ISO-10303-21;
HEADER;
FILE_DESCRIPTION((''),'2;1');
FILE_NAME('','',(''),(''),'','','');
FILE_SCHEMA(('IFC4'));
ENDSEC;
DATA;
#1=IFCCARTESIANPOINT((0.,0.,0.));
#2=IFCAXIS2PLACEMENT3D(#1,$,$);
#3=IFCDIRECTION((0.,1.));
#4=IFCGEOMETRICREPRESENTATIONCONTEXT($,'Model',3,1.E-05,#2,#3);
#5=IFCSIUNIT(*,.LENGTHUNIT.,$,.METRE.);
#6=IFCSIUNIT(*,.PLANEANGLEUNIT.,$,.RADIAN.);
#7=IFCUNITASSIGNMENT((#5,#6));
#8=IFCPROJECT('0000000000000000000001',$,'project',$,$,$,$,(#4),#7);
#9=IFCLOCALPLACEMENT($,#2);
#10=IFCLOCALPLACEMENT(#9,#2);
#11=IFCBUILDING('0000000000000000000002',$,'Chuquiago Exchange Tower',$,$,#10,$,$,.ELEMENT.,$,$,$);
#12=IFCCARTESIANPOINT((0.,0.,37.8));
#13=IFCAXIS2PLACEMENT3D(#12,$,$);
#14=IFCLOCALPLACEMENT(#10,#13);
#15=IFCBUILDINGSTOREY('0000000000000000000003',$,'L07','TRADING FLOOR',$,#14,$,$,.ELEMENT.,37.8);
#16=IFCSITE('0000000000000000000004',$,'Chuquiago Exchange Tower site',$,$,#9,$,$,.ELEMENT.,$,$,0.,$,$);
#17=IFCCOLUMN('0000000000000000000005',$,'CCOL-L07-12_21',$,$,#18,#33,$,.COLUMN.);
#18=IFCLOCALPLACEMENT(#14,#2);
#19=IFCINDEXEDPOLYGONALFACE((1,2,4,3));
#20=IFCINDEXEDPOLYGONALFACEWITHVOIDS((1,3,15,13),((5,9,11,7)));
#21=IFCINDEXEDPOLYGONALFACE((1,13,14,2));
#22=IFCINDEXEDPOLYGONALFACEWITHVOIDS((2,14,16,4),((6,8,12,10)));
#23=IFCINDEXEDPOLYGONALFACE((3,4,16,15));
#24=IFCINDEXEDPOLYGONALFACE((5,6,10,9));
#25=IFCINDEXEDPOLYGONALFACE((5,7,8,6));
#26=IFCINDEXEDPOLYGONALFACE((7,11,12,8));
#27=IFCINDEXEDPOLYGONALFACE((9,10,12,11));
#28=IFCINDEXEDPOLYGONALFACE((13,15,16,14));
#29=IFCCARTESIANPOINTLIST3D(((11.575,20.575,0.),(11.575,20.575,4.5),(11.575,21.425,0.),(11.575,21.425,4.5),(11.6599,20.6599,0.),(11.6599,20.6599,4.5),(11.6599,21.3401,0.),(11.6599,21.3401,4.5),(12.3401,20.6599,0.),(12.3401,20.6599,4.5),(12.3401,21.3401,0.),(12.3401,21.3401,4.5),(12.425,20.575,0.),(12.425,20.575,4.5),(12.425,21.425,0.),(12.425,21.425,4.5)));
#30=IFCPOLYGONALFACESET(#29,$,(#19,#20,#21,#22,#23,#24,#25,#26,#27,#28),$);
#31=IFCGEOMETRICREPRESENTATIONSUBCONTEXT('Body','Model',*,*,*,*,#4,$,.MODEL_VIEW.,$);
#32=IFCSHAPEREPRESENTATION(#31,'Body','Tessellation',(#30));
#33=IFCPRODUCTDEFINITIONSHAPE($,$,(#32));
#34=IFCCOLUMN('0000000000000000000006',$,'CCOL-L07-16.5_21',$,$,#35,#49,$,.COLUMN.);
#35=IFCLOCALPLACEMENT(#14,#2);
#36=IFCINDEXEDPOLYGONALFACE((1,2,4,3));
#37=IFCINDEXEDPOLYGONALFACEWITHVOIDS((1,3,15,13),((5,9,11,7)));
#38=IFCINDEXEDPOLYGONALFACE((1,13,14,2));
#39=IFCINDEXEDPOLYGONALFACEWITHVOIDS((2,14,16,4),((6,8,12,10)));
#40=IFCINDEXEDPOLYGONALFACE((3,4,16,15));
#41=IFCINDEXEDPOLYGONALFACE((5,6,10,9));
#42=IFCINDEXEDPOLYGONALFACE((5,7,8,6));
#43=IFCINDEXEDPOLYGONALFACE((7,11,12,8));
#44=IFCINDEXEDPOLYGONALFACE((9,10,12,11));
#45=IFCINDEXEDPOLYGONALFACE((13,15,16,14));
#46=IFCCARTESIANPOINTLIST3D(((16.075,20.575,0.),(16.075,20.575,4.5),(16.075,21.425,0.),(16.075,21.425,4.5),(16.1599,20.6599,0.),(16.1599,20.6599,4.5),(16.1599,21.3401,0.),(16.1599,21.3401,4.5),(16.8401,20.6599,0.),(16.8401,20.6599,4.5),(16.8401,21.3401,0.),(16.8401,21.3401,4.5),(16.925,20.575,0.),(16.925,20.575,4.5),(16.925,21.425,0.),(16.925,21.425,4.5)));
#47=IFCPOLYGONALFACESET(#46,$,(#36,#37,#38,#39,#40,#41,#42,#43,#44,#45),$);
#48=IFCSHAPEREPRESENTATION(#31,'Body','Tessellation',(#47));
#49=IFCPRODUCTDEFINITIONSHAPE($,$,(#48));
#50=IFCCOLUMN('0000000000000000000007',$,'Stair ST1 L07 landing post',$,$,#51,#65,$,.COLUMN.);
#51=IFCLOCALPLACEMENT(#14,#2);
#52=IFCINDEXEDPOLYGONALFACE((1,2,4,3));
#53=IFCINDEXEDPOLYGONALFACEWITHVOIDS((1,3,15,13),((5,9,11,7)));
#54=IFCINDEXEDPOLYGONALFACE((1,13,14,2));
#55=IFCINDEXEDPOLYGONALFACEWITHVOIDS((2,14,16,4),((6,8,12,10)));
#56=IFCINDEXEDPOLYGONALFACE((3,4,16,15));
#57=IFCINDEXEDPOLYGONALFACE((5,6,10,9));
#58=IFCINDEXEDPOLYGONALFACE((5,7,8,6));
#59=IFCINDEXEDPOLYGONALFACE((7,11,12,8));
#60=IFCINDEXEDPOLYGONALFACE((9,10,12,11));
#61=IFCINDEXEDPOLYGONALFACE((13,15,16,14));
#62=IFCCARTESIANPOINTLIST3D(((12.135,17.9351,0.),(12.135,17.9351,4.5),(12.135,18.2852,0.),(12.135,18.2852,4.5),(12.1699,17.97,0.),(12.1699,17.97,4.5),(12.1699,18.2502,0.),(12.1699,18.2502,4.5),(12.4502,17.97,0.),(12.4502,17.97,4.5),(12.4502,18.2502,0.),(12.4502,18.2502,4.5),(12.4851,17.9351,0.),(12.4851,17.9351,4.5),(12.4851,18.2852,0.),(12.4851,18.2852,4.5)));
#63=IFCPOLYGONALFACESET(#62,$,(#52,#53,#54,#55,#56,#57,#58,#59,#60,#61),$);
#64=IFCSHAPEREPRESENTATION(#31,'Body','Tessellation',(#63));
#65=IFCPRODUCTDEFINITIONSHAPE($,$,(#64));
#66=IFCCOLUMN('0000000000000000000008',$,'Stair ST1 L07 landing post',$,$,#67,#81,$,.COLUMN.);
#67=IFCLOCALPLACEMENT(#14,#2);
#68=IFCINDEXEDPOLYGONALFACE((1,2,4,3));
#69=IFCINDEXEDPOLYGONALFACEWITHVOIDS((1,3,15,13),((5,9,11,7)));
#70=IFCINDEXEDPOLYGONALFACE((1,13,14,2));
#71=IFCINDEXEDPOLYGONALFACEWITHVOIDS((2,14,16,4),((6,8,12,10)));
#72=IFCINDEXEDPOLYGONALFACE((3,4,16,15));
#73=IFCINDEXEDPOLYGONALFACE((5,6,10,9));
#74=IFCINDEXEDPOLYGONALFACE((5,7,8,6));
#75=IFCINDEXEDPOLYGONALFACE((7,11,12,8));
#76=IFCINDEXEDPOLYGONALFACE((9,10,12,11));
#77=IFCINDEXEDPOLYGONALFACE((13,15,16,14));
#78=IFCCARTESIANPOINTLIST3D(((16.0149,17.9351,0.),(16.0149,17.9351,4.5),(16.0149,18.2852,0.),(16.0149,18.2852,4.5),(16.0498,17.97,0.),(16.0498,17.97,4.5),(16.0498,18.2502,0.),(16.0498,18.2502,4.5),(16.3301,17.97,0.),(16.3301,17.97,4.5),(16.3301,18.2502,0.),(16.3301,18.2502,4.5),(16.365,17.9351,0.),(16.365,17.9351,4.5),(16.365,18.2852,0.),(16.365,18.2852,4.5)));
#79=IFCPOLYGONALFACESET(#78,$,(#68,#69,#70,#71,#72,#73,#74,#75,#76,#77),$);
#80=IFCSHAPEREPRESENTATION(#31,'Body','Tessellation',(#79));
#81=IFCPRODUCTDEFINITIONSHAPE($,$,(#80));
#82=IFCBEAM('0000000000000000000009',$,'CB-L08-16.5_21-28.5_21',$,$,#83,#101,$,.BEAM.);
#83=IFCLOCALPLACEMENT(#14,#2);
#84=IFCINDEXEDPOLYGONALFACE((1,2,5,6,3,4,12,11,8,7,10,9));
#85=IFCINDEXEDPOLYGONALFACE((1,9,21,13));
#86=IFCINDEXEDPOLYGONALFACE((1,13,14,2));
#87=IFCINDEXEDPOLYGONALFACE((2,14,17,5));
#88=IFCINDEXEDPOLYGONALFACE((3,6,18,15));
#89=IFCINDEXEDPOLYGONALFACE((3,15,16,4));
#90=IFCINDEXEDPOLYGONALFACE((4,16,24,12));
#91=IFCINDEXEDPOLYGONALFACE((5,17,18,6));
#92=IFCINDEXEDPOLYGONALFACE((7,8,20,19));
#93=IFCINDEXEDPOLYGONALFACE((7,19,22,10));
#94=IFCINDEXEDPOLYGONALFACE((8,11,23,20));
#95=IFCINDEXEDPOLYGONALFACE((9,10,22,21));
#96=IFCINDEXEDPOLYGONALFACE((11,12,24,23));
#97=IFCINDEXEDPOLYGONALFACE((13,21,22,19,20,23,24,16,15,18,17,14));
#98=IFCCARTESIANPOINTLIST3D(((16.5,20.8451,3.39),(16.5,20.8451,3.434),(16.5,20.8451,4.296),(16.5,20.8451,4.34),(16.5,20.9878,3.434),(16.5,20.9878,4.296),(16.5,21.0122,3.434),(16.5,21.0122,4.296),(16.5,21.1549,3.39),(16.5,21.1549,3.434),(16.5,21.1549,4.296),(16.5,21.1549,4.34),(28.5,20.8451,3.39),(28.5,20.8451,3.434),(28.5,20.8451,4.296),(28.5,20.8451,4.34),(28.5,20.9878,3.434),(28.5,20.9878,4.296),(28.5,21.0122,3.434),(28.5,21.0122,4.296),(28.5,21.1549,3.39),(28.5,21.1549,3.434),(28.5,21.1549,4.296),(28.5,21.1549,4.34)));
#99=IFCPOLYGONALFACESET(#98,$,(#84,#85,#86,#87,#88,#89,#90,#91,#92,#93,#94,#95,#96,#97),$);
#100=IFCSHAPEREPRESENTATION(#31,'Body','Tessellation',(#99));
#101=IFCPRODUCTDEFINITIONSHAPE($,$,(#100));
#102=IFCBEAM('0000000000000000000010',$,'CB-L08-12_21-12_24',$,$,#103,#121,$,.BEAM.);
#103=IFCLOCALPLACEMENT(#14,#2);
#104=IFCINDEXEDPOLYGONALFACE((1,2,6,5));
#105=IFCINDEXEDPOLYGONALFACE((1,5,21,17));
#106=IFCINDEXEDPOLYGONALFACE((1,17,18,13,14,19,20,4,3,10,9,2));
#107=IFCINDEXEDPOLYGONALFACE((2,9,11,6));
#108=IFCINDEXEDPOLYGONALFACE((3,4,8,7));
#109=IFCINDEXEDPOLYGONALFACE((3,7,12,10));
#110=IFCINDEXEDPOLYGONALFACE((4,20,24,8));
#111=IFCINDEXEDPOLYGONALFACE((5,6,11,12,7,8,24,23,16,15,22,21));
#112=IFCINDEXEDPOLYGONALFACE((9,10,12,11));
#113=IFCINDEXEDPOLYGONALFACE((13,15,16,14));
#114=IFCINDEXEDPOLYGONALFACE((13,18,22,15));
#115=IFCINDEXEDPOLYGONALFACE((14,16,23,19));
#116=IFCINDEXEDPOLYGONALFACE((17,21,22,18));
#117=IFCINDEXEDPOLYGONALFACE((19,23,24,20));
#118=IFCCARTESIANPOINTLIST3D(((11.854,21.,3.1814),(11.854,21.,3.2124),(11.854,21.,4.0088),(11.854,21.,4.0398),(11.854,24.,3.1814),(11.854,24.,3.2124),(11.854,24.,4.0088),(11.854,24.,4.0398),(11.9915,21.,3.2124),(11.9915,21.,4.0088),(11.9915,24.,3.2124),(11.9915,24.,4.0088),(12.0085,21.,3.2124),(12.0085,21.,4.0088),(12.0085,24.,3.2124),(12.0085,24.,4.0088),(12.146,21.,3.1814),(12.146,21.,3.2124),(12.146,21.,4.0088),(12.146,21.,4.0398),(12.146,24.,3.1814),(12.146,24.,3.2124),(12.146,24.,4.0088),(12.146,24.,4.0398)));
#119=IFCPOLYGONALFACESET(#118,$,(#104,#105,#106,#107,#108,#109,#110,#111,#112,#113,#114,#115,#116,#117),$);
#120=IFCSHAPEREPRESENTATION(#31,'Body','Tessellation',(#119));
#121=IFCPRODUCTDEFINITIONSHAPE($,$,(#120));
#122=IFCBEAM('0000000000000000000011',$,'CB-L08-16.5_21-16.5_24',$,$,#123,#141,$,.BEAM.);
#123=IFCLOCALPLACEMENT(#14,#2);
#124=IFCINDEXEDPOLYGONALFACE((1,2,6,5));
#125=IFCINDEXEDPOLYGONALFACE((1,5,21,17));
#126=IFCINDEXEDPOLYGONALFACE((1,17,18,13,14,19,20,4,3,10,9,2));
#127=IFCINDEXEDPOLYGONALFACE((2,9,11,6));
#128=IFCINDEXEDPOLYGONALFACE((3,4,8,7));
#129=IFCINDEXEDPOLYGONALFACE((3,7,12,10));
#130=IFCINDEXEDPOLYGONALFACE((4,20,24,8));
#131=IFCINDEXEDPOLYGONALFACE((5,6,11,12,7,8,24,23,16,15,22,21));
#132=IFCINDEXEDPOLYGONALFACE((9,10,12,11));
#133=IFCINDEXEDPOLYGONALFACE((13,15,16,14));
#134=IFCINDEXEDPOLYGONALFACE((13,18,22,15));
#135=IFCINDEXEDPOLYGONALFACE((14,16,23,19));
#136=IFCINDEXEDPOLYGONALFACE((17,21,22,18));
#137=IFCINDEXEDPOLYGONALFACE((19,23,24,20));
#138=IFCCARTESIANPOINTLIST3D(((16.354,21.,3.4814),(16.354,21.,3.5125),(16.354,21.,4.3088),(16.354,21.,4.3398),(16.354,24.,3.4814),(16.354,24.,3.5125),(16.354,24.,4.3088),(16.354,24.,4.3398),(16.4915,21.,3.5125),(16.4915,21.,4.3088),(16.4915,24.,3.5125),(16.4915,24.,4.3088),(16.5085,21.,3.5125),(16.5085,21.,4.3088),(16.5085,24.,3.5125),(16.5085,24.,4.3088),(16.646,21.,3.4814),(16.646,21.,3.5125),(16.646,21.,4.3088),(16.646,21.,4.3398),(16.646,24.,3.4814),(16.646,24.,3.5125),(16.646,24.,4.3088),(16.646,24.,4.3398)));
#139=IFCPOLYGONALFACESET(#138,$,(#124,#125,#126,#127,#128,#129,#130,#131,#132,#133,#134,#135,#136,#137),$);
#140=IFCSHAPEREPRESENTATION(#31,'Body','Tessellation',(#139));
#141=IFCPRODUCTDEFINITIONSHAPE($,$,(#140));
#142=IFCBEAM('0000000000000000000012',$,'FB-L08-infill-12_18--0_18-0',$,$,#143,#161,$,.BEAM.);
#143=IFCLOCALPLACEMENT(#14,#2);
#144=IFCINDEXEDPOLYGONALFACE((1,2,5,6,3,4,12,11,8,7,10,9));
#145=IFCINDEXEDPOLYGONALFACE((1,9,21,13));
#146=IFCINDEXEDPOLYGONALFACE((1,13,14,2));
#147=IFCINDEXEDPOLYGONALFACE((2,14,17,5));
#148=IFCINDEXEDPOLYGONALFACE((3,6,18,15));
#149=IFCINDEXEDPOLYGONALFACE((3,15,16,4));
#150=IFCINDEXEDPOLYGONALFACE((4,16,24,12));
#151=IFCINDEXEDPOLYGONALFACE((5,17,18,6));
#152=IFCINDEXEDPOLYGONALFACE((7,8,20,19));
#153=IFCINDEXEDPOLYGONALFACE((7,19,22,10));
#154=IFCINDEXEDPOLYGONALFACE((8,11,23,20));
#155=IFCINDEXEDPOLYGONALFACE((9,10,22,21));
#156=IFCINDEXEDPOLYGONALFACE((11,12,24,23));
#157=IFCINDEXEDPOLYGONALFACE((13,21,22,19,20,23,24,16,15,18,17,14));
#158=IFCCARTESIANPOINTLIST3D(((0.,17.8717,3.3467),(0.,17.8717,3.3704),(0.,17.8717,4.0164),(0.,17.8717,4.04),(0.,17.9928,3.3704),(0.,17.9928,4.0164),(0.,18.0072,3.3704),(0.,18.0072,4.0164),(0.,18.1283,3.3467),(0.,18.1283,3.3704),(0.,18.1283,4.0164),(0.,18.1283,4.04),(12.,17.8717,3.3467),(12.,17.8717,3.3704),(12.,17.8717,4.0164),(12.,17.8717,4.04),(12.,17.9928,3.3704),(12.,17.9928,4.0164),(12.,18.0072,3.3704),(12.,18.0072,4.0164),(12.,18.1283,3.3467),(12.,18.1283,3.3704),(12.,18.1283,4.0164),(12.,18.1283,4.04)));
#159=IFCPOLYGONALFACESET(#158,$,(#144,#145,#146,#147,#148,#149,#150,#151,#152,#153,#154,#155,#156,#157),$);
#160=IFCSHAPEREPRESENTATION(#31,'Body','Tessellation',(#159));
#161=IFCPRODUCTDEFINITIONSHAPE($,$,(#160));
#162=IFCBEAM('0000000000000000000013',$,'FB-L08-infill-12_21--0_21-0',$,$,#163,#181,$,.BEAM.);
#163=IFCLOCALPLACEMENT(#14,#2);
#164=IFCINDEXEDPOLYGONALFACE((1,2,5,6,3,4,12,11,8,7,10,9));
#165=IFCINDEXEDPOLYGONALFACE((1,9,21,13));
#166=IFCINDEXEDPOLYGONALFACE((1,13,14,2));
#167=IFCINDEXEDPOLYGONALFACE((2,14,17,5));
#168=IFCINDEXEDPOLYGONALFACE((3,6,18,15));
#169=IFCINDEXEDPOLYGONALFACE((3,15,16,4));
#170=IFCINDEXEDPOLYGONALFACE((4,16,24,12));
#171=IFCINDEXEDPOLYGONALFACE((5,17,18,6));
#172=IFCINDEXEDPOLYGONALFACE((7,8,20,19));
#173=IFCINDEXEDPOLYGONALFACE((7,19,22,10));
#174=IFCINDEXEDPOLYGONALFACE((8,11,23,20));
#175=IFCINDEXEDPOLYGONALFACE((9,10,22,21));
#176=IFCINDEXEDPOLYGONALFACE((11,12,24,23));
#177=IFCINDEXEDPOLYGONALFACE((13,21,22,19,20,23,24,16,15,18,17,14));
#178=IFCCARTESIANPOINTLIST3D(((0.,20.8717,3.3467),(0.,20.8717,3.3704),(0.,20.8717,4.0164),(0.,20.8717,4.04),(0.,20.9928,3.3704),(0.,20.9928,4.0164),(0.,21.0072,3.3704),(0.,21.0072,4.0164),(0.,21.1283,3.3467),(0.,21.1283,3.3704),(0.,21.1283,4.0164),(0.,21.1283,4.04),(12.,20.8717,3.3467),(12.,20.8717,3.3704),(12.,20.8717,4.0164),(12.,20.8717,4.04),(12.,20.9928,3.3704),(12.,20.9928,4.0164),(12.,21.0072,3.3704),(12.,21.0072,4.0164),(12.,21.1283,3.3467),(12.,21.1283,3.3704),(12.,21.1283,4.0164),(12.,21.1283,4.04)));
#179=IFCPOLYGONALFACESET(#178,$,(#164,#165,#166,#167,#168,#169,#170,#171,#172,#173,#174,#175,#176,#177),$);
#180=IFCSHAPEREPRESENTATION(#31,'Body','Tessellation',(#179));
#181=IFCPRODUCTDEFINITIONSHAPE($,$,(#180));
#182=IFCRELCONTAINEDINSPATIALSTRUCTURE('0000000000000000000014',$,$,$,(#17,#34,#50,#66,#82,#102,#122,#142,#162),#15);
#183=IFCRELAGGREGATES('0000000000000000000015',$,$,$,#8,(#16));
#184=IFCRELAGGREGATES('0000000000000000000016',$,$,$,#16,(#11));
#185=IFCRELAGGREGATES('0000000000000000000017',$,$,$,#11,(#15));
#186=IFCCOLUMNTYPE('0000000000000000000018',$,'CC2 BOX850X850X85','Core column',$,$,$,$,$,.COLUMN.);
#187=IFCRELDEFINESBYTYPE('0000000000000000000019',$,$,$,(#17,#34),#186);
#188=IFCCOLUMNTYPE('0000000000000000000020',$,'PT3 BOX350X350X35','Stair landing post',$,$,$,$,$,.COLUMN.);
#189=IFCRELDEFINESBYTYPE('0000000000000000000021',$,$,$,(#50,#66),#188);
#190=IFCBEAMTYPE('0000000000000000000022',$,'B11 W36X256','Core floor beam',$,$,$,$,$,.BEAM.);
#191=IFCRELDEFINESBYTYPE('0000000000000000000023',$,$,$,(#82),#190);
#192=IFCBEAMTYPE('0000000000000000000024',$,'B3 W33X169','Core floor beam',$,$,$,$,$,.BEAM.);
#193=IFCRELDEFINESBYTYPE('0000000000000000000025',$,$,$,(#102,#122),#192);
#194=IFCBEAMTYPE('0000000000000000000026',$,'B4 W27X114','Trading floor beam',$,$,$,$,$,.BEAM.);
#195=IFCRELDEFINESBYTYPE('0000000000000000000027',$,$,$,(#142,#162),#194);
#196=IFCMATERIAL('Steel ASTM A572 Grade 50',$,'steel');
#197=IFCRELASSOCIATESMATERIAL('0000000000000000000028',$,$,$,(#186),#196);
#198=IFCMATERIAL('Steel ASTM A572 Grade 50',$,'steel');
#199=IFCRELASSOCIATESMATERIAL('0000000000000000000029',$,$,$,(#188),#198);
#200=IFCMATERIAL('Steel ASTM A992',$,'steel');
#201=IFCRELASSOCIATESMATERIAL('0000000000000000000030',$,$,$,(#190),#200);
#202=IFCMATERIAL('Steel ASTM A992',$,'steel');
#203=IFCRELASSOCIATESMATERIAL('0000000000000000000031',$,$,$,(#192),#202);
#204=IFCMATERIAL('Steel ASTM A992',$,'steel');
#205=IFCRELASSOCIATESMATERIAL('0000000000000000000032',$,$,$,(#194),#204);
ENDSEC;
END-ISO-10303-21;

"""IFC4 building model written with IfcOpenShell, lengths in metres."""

from ifc_helpers import new_model, si_unit, direction, frame, origin, origin_2d, place, context, subcontext, project, spatial, hollow_rectangle, i_section, extrude, material, material_profile, profile_set, type_object, element, save


model = new_model("IFC4")

# Units and contexts
model_context = context("Model", 3, precision=1e-05, world=origin(), true_north=direction((0.0, 1.0)))
body_context = subcontext(model_context, "Body", "Model", "MODEL_VIEW")
ifc_project = project(units=[si_unit("LENGTHUNIT", "METRE"), si_unit("PLANEANGLEUNIT", "RADIAN")], contexts=[model_context])

# Site, building, storey
site_placement = place(None, origin())
site = spatial("IfcSite", under=ifc_project, at=site_placement, Name="Chuquiago Exchange Tower site", CompositionType="ELEMENT", RefElevation=0.0)
building_placement = place(site_placement, origin())
building = spatial("IfcBuilding", under=site, at=building_placement, Name="Chuquiago Exchange Tower", CompositionType="ELEMENT")
storey_placement = place(building_placement, frame((0.0, 0.0, 37.8)))
storey = spatial("IfcBuildingStorey", under=building, at=storey_placement, Name="L07", Description="TRADING FLOOR", CompositionType="ELEMENT", Elevation=37.8)

# Columns
ifc_material_1 = material(Name="Steel ASTM A572 Grade 50", Category="steel")
ifc_material_profile_1 = material_profile(ifc_material_1, hollow_rectangle(XDim=0.8501, YDim=0.8501, WallThickness=0.085, at=origin_2d()), Name="BOX850X850X85")
ifc_profile_set_1 = profile_set([ifc_material_profile_1], Name="Steel ASTM A572 Grade 50")
column_type_1 = type_object("IfcColumnType", Name="CC2 BOX850X850X85", Description="Core column", PredefinedType="COLUMN", material=ifc_profile_set_1)
for number, where, z_axis, x_axis, name in (
    (1, (12.0, 21.0, 0.0), (0.0, 0.0, 1.0), (1.0, 0.0, 0.0), "CCOL-L07-12_21"),
    (2, (16.5, 21.0, 0.0), (0.0, 0.0, 1.0), (1.0, 0.0, 0.0), "CCOL-L07-16.5_21"),
):
    element("IfcColumn", number, at=place(storey_placement, frame(where, z_axis=z_axis, x_axis=x_axis)), inside=storey, type_object=column_type_1, Name=name, PredefinedType="COLUMN", context=body_context, shape_type="SweptSolid", body=[
        extrude(hollow_rectangle(XDim=0.8501, YDim=0.8501, WallThickness=0.085, at=origin_2d()), origin(), (0.0, 0.0, 1.0), 4.5),
    ])
ifc_material_2 = material(Name="Steel ASTM A572 Grade 50", Category="steel")
ifc_material_profile_2 = material_profile(ifc_material_2, hollow_rectangle(XDim=0.3501, YDim=0.3501, WallThickness=0.0349, at=origin_2d()), Name="BOX350X350X35")
ifc_profile_set_2 = profile_set([ifc_material_profile_2], Name="Steel ASTM A572 Grade 50")
column_type_2 = type_object("IfcColumnType", Name="PT3 BOX350X350X35", Description="Stair landing post", PredefinedType="COLUMN", material=ifc_profile_set_2)
for number, where, z_axis, x_axis, name in (
    (3, (12.3101, 18.1101, 0.0), (0.0, 0.0, 1.0), (1.0, 0.0, 0.0), "Stair ST1 L07 landing post"),
    (4, (16.1899, 18.1101, 0.0), (0.0, 0.0, 1.0), (1.0, 0.0, 0.0), "Stair ST1 L07 landing post"),
):
    element("IfcColumn", number, at=place(storey_placement, frame(where, z_axis=z_axis, x_axis=x_axis)), inside=storey, type_object=column_type_2, Name=name, PredefinedType="COLUMN", context=body_context, shape_type="SweptSolid", body=[
        extrude(hollow_rectangle(XDim=0.3501, YDim=0.3501, WallThickness=0.0349, at=origin_2d()), origin(), (0.0, 0.0, 1.0), 4.5),
    ])

# Beams
ifc_material_3 = material(Name="Steel ASTM A992", Category="steel")
ifc_material_profile_3 = material_profile(ifc_material_3, i_section(OverallWidth=0.3098, OverallDepth=0.95, WebThickness=0.0244, FlangeThickness=0.0439, at=origin_2d()), Name="W36X256")
ifc_profile_set_3 = profile_set([ifc_material_profile_3], Name="Steel ASTM A992")
beam_type_1 = type_object("IfcBeamType", Name="B11 W36X256", Description="Core floor beam", PredefinedType="BEAM", material=ifc_profile_set_3)
beam_1_placement = place(storey_placement, frame((16.5, 21.0, 3.865), z_axis=(1.0, 0.0, 0.0), x_axis=(0.0, 1.0, 0.0)))
element("IfcBeam", 5, at=beam_1_placement, inside=storey, type_object=beam_type_1, Name="CB-L08-16.5_21-28.5_21", PredefinedType="BEAM", context=body_context, shape_type="SweptSolid", body=[
    extrude(i_section(OverallWidth=0.3098, OverallDepth=0.95, WebThickness=0.0244, FlangeThickness=0.0439, at=origin_2d()), origin(), (0.0, 0.0, 1.0), 12.0),
])
ifc_material_4 = material(Name="Steel ASTM A992", Category="steel")
ifc_material_profile_4 = material_profile(ifc_material_4, i_section(OverallWidth=0.292, OverallDepth=0.8584, WebThickness=0.0171, FlangeThickness=0.031, at=origin_2d()), Name="W33X169")
ifc_profile_set_4 = profile_set([ifc_material_profile_4], Name="Steel ASTM A992")
beam_type_2 = type_object("IfcBeamType", Name="B3 W33X169", Description="Core floor beam", PredefinedType="BEAM", material=ifc_profile_set_4)
for number, where, z_axis, x_axis, name in (
    (6, (12.0, 21.0, 3.6106), (0.0, 1.0, 0.0), (-1.0, 0.0, 0.0), "CB-L08-12_21-12_24"),
    (7, (16.5, 21.0, 3.9106), (0.0, 1.0, 0.0), (-1.0, 0.0, 0.0), "CB-L08-16.5_21-16.5_24"),
):
    element("IfcBeam", number, at=place(storey_placement, frame(where, z_axis=z_axis, x_axis=x_axis)), inside=storey, type_object=beam_type_2, Name=name, PredefinedType="BEAM", context=body_context, shape_type="SweptSolid", body=[
        extrude(i_section(OverallWidth=0.292, OverallDepth=0.8584, WebThickness=0.0171, FlangeThickness=0.031, at=origin_2d()), origin(), (0.0, 0.0, 1.0), 3.0),
    ])
ifc_material_5 = material(Name="Steel ASTM A992", Category="steel")
ifc_material_profile_5 = material_profile(ifc_material_5, i_section(OverallWidth=0.2566, OverallDepth=0.6934, WebThickness=0.0144, FlangeThickness=0.0237, at=origin_2d()), Name="W27X114")
ifc_profile_set_5 = profile_set([ifc_material_profile_5], Name="Steel ASTM A992")
beam_type_3 = type_object("IfcBeamType", Name="B4 W27X114", Description="Trading floor beam", PredefinedType="BEAM", material=ifc_profile_set_5)
for number, where, z_axis, x_axis, name in (
    (8, (12.0, 18.0, 3.6934), (-1.0, 0.0, 0.0), (0.0, -1.0, 0.0), "FB-L08-infill-12_18--0_18-0"),
    (9, (12.0, 21.0, 3.6934), (-1.0, 0.0, 0.0), (0.0, -1.0, 0.0), "FB-L08-infill-12_21--0_21-0"),
):
    element("IfcBeam", number, at=place(storey_placement, frame(where, z_axis=z_axis, x_axis=x_axis)), inside=storey, type_object=beam_type_3, Name=name, PredefinedType="BEAM", context=body_context, shape_type="SweptSolid", body=[
        extrude(i_section(OverallWidth=0.2566, OverallDepth=0.6934, WebThickness=0.0144, FlangeThickness=0.0237, at=origin_2d()), origin(), (0.0, 0.0, 1.0), 12.0),
    ])

save(model, "model.ifc")
